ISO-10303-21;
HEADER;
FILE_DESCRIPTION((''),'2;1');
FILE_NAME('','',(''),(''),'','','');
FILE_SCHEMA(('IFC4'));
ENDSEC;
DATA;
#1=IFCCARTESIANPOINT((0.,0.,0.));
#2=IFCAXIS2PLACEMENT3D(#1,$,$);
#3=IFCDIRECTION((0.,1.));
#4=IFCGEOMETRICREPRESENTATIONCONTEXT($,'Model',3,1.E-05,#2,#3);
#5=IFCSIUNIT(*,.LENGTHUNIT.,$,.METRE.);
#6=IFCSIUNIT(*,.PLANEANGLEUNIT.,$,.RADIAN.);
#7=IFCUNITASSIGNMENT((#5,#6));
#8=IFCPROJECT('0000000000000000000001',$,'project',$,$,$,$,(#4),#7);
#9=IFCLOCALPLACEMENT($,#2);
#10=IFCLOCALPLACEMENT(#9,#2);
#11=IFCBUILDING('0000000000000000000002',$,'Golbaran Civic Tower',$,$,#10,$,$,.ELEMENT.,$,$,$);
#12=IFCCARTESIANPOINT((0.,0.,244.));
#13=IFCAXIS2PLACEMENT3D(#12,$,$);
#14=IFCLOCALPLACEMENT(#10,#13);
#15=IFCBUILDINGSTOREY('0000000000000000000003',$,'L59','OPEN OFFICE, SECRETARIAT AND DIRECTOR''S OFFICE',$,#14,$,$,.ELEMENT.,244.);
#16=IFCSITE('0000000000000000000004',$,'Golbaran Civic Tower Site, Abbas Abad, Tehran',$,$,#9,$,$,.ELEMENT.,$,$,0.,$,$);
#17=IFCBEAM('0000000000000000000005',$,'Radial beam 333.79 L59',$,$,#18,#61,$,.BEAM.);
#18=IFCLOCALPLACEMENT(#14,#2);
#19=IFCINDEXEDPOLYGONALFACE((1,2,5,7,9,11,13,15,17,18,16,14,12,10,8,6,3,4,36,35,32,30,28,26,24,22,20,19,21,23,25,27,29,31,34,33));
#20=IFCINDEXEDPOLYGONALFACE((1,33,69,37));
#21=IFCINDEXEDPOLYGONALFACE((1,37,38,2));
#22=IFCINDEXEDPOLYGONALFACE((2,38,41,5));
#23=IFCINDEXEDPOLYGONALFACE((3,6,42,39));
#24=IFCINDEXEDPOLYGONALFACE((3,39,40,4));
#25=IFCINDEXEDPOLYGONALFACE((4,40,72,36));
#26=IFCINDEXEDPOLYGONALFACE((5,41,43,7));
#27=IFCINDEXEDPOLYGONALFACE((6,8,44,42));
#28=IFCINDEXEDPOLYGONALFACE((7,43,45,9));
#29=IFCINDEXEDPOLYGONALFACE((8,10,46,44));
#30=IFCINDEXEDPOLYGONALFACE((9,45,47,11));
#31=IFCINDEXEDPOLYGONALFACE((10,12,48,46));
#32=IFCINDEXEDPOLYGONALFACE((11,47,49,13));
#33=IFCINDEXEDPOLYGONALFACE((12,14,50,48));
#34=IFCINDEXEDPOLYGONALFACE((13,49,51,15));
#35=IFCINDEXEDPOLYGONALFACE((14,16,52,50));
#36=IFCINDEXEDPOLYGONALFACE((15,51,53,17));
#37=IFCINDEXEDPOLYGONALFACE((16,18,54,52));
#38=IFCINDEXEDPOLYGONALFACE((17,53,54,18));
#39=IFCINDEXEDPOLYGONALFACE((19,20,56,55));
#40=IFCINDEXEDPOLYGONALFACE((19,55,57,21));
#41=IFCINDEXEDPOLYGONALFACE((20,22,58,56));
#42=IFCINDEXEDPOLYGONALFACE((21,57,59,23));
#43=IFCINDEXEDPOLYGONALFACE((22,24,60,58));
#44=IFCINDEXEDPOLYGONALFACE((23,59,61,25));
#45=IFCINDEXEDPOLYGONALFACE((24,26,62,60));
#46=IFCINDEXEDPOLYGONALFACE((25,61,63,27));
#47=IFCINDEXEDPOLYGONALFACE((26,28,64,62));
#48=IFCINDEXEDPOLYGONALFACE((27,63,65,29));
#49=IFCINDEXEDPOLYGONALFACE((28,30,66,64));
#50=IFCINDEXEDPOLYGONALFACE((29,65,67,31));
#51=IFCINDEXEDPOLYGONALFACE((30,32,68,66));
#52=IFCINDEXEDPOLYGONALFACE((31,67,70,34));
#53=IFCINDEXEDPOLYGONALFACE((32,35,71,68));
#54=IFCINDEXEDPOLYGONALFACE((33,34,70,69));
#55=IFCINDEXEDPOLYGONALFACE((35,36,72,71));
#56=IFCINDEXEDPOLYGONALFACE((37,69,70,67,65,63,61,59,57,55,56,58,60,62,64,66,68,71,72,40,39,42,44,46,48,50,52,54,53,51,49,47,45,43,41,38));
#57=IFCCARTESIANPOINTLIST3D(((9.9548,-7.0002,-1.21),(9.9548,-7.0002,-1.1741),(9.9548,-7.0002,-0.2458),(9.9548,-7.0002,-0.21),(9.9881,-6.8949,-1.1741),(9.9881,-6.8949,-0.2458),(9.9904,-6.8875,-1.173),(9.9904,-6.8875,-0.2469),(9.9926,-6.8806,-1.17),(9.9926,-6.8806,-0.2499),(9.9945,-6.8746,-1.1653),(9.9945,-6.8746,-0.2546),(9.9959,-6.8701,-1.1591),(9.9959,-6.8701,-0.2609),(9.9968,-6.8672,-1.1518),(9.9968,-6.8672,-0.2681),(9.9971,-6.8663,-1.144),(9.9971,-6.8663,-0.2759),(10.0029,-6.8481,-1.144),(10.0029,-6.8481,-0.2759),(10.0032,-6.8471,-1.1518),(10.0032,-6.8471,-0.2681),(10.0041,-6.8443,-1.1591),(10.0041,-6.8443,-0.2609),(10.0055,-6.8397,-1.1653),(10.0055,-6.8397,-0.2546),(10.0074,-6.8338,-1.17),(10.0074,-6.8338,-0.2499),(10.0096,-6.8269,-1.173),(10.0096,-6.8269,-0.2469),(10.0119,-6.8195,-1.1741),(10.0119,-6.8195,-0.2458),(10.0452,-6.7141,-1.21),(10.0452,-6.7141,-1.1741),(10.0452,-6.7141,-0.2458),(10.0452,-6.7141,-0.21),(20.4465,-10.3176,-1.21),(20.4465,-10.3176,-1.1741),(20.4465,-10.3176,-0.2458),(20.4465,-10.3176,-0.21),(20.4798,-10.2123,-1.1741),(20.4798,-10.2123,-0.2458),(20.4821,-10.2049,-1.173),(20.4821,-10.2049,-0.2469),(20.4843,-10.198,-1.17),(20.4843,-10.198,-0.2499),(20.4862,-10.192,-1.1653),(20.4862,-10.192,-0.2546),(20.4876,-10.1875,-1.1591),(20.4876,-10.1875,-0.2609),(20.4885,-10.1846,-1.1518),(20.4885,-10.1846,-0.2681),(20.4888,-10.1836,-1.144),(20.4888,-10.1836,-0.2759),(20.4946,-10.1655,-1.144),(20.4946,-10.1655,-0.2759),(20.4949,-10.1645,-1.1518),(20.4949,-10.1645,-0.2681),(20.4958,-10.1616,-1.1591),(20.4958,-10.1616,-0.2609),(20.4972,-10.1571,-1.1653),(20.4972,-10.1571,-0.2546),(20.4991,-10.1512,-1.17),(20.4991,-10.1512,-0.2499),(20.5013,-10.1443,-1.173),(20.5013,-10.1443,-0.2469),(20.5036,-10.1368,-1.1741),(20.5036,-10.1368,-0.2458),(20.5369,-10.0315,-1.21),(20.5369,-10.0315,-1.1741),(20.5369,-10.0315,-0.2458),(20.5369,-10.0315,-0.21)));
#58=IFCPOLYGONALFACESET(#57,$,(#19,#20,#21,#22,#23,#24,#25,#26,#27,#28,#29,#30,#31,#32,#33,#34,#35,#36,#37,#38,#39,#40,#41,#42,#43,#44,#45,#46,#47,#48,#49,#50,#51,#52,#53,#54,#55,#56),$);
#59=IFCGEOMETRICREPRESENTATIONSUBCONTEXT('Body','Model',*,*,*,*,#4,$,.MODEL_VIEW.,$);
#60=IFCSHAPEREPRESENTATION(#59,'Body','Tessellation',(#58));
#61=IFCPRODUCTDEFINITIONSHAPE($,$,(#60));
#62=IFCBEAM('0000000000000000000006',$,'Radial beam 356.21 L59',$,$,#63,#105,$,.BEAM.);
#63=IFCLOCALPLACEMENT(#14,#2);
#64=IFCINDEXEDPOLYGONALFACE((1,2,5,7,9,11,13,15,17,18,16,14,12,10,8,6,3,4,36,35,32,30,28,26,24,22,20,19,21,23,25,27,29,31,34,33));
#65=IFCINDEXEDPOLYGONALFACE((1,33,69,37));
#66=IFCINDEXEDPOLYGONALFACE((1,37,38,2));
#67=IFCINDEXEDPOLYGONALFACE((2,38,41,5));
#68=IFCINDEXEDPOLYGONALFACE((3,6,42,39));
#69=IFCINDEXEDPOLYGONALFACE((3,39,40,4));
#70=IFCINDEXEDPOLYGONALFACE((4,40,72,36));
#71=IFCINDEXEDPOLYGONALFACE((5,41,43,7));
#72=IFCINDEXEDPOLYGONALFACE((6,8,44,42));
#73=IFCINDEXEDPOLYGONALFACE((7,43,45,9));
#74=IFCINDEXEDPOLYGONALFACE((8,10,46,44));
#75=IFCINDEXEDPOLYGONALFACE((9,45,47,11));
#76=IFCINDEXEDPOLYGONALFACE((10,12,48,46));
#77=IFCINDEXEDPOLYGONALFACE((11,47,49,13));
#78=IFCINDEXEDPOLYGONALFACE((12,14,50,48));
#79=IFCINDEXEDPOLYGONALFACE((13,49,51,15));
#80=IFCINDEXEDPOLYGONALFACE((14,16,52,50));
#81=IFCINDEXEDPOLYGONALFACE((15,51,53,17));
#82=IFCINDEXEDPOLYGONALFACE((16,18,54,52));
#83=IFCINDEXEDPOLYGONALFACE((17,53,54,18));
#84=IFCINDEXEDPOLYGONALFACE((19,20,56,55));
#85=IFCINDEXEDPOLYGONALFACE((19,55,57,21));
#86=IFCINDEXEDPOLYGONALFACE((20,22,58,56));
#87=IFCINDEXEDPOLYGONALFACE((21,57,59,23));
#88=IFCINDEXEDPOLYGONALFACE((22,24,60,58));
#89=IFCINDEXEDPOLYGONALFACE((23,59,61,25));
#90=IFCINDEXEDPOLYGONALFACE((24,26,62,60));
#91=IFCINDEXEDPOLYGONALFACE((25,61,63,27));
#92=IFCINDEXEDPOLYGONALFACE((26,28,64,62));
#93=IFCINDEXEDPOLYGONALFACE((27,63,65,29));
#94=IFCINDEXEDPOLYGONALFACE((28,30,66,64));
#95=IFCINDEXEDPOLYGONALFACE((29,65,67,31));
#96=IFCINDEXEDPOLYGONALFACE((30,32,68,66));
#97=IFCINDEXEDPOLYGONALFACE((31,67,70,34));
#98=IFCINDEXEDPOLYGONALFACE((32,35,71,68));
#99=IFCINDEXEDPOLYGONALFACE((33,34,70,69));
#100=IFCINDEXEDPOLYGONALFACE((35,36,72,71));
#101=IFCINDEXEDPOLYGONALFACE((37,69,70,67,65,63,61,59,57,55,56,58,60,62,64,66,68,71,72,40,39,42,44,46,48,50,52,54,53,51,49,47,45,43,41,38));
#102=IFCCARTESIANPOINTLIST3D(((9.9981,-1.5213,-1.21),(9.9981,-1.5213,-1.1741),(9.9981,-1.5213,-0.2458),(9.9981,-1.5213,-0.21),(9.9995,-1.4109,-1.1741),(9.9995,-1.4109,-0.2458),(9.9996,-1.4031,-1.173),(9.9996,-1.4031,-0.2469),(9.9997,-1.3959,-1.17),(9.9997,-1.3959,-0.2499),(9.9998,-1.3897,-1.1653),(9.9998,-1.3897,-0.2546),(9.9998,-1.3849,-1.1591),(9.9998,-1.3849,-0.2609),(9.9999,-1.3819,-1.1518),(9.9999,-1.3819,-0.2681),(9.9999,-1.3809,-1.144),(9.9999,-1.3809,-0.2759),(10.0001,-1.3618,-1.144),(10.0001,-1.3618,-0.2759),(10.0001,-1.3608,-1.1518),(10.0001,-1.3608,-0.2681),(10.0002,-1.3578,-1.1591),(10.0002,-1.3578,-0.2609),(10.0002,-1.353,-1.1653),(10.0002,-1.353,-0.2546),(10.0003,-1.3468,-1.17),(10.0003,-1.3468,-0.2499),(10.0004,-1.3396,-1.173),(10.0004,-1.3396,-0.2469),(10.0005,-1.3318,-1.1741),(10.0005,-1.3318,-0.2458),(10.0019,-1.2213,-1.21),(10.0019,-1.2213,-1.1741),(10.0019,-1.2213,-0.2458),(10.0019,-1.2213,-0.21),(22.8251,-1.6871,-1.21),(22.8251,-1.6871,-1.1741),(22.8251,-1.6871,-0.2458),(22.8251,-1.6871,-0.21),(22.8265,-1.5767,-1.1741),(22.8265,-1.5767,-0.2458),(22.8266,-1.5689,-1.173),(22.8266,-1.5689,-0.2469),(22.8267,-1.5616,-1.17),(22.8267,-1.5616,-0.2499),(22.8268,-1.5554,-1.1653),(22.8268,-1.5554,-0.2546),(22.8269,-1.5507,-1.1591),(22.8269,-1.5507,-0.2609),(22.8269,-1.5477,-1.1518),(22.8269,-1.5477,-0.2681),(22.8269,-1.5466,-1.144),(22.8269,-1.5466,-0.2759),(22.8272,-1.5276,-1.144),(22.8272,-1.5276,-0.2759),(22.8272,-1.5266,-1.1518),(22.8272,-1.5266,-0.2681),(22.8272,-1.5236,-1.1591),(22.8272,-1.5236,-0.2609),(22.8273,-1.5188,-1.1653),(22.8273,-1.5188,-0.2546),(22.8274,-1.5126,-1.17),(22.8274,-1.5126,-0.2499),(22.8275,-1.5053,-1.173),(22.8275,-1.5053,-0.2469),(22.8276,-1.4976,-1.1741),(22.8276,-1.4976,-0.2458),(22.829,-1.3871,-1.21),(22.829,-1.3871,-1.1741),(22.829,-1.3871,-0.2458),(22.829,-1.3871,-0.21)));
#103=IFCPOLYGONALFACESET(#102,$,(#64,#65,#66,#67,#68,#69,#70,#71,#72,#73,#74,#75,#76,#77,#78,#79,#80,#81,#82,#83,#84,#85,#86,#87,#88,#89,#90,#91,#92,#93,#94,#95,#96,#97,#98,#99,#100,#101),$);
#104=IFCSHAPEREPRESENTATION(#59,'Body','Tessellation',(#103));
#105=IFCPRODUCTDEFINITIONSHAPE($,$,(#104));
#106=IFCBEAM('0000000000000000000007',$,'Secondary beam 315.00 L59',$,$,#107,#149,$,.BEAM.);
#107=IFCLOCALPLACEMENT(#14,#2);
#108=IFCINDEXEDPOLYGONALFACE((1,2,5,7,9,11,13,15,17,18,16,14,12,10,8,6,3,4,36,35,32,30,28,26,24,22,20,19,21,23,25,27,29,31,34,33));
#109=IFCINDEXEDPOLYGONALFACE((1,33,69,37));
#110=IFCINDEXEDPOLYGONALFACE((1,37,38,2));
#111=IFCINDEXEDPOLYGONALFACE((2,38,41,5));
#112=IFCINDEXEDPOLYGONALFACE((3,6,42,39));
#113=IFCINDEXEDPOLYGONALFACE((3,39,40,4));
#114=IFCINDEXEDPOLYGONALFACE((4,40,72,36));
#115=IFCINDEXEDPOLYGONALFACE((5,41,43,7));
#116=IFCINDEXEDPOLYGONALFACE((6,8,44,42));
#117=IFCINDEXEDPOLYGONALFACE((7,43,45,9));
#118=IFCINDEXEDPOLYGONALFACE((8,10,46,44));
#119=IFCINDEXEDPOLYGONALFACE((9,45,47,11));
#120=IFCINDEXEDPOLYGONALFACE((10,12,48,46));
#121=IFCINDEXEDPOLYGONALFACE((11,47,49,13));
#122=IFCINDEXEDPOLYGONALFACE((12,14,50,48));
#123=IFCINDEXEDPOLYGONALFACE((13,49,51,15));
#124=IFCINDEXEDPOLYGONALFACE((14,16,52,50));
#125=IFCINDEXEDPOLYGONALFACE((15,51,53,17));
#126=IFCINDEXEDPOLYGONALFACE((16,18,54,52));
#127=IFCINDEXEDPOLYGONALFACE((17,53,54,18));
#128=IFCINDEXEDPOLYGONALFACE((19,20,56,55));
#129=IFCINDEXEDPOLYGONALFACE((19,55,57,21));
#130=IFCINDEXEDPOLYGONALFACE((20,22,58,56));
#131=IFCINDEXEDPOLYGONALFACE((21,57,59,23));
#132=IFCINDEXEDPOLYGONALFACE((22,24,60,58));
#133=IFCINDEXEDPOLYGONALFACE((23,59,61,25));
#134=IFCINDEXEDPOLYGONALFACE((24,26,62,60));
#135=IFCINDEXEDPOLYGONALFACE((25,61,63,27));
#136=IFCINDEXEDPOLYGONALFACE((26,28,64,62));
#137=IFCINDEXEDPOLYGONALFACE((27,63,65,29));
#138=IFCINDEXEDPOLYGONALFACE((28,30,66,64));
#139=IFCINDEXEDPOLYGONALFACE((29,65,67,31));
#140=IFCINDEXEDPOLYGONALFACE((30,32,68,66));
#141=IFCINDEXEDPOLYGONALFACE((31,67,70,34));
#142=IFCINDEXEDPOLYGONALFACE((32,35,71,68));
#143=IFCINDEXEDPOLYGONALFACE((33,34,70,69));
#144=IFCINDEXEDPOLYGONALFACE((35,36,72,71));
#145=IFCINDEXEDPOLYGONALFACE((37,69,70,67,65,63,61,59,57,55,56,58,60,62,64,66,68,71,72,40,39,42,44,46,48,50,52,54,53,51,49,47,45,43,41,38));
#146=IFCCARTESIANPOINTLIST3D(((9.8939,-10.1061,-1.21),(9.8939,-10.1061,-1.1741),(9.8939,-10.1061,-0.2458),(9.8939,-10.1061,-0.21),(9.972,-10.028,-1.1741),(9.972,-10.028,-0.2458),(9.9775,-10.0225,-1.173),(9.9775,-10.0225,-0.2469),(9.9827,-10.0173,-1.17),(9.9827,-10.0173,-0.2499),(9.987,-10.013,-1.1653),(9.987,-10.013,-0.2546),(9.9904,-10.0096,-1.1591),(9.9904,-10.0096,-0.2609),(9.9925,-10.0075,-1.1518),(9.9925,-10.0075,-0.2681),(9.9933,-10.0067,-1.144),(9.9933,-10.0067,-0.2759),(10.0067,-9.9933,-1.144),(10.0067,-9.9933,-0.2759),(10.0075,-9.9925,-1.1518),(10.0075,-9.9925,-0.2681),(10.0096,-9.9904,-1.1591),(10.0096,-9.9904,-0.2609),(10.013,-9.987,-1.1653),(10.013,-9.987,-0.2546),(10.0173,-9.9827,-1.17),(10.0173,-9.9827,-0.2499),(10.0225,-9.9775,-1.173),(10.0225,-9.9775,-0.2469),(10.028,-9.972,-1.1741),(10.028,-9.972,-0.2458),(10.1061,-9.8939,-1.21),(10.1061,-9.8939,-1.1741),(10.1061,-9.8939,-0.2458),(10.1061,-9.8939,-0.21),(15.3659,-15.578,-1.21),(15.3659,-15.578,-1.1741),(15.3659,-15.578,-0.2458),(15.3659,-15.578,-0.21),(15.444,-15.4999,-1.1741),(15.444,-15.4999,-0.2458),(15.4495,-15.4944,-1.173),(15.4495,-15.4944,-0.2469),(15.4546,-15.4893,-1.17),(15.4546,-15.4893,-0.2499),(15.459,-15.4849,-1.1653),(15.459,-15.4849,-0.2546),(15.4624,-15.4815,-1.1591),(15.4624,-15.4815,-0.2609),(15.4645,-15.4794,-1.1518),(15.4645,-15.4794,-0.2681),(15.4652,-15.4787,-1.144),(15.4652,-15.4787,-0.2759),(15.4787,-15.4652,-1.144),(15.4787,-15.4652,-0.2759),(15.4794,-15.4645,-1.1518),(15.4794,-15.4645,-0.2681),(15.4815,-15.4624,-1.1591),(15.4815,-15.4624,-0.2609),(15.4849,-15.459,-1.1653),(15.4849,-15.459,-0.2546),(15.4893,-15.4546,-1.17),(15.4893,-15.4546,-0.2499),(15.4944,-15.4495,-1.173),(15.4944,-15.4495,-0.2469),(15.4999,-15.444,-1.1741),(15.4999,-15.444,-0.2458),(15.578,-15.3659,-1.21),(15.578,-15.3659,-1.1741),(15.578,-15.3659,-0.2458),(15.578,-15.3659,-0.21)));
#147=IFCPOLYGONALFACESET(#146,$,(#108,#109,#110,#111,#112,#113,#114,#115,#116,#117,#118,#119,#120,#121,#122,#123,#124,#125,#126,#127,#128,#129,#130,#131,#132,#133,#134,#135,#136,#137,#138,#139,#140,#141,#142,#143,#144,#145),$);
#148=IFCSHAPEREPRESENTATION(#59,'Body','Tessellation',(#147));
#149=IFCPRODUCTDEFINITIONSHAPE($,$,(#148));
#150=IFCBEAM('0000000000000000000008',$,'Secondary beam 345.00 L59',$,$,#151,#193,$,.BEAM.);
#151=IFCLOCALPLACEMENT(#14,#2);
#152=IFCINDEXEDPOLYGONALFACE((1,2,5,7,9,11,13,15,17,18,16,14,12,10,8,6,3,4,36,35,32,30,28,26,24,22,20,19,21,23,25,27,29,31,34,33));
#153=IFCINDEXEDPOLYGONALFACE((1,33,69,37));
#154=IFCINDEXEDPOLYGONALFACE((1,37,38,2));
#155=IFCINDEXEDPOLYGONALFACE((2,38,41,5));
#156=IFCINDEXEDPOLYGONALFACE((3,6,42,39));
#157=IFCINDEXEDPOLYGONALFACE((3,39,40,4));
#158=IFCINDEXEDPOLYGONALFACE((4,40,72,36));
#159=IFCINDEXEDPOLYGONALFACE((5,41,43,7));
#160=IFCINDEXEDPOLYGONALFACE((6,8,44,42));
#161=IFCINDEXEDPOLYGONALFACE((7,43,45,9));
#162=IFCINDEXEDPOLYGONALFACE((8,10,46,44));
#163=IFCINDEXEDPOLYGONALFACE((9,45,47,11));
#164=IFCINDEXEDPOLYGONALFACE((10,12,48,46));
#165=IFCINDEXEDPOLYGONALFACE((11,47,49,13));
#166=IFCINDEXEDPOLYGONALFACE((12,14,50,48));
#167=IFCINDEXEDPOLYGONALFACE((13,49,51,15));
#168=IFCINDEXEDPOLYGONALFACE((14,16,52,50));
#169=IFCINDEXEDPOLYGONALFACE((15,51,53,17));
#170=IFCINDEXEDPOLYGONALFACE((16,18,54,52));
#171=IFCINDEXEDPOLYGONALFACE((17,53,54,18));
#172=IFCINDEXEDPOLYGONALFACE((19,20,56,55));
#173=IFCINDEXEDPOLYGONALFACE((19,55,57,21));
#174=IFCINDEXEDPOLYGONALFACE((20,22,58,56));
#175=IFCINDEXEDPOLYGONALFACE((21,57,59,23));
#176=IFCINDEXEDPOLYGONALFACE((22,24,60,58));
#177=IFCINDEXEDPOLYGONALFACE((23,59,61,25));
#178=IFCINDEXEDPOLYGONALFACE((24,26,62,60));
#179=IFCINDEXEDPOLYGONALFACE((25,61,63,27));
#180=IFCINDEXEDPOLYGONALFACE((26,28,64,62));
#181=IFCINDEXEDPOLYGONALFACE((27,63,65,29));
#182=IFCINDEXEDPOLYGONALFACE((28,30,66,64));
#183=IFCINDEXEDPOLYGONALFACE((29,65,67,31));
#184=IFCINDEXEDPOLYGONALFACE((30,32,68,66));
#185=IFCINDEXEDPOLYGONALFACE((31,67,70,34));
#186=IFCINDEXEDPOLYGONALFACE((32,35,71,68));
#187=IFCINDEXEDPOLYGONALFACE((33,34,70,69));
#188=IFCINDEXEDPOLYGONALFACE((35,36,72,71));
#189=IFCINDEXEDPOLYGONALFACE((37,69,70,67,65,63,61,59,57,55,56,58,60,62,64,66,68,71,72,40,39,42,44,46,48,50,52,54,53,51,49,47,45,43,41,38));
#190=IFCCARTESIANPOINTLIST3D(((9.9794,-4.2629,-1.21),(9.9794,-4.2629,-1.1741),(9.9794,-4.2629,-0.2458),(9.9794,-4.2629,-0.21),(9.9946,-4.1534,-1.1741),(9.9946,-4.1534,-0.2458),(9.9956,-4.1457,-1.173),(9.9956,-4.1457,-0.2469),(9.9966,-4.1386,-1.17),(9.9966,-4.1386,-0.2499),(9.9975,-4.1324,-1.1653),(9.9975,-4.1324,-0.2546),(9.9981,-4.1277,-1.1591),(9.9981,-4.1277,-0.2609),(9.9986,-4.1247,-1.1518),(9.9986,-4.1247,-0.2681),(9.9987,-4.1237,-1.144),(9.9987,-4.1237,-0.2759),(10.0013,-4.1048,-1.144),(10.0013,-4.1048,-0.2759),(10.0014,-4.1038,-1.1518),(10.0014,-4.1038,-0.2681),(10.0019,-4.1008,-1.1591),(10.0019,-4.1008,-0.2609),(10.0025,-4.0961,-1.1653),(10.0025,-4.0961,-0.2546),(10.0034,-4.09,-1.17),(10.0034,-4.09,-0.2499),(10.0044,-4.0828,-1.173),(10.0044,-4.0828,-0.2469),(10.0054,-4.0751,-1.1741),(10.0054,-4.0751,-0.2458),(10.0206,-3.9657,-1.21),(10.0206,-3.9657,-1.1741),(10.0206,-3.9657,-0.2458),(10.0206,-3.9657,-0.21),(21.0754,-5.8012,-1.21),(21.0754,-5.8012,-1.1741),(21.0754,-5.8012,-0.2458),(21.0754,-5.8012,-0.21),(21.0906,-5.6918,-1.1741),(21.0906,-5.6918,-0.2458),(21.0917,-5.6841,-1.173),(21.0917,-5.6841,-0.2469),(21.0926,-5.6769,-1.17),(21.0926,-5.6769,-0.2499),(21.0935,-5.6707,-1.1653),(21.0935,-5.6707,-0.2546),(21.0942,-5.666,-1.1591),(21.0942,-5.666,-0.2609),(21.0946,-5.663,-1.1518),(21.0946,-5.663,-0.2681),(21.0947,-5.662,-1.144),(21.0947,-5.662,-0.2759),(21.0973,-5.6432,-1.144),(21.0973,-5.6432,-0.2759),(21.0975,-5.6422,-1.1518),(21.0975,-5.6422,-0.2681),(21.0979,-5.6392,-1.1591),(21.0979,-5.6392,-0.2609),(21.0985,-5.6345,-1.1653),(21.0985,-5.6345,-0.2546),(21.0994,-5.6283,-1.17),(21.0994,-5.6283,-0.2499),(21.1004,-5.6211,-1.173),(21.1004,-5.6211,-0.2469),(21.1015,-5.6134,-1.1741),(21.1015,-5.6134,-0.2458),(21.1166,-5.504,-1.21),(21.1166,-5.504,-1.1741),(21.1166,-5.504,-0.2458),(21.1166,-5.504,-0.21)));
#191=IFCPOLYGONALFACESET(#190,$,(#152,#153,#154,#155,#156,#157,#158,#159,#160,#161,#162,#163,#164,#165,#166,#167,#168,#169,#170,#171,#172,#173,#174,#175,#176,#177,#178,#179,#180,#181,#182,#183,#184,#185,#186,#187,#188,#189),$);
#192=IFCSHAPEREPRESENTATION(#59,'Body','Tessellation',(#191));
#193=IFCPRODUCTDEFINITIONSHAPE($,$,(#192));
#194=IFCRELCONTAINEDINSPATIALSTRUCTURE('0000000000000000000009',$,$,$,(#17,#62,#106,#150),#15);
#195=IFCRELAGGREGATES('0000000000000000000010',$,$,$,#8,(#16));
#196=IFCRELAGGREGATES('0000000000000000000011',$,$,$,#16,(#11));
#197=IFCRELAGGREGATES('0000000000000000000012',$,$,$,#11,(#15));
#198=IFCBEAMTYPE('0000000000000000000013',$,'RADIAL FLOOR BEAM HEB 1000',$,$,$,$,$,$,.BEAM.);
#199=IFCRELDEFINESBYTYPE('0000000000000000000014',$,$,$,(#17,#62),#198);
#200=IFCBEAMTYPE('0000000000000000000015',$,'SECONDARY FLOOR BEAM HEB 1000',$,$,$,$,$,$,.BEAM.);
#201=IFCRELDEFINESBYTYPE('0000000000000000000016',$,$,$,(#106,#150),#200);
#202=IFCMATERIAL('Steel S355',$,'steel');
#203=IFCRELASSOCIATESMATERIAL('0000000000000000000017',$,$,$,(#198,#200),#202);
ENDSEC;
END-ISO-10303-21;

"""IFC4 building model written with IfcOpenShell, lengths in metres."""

from ifc_helpers import new_model, si_unit, direction, frame, origin, origin_2d, place, context, subcontext, project, spatial, i_section, extrude, material, material_profile, profile_set, type_object, element, save


model = new_model("IFC4")

# Units and contexts
model_context = context("Model", 3, precision=1e-05, world=origin(), true_north=direction((0.0, 1.0)))
body_context = subcontext(model_context, "Body", "Model", "MODEL_VIEW")
ifc_project = project(units=[si_unit("LENGTHUNIT", "METRE"), si_unit("PLANEANGLEUNIT", "RADIAN")], contexts=[model_context])

# Site, building, storey
site_placement = place(None, origin())
site = spatial("IfcSite", under=ifc_project, at=site_placement, Name="Golbaran Civic Tower Site, Abbas Abad, Tehran", CompositionType="ELEMENT", RefElevation=0.0)
building_placement = place(site_placement, origin())
building = spatial("IfcBuilding", under=site, at=building_placement, Name="Golbaran Civic Tower", CompositionType="ELEMENT")
storey_placement = place(building_placement, frame((0.0, 0.0, 244.0)))
storey = spatial("IfcBuildingStorey", under=building, at=storey_placement, Name="L59", Description="OPEN OFFICE, SECRETARIAT AND DIRECTOR'S OFFICE", CompositionType="ELEMENT", Elevation=244.0)

# Beams
ifc_material_1 = material(Name="Steel S355", Category="steel")
ifc_material_profile_1 = material_profile(ifc_material_1, i_section(OverallWidth=0.3, OverallDepth=1.0, WebThickness=0.019, FlangeThickness=0.0359, FilletRadius=0.03, at=origin_2d()), Name="HEB 1000")
ifc_profile_set_1 = profile_set([ifc_material_profile_1], Name="Steel S355")
beam_type_1 = type_object("IfcBeamType", Name="RADIAL FLOOR BEAM HEB 1000", PredefinedType="BEAM", material=ifc_profile_set_1)
beam_1_placement = place(storey_placement, frame((10.0, -6.8572, -0.71), z_axis=(0.953473, -0.30148, 0.0), x_axis=(0.30148, 0.953473, 0.0)))
element("IfcBeam", 1, at=beam_1_placement, inside=storey, type_object=beam_type_1, Name="Radial beam 333.79 L59", PredefinedType="BEAM", context=body_context, shape_type="SweptSolid", body=[
    extrude(i_section(OverallWidth=0.3, OverallDepth=1.0, WebThickness=0.019, FlangeThickness=0.0359, FilletRadius=0.03, at=origin_2d()), origin(), (0.0, 0.0, 1.0), 11.0037),
])
beam_2_placement = place(storey_placement, frame((10.0, -1.3713, -0.71), z_axis=(0.999917, -0.012922, 0.0), x_axis=(0.012922, 0.999917, 0.0)))
element("IfcBeam", 2, at=beam_2_placement, inside=storey, type_object=beam_type_1, Name="Radial beam 356.21 L59", PredefinedType="BEAM", context=body_context, shape_type="SweptSolid", body=[
    extrude(i_section(OverallWidth=0.3, OverallDepth=1.0, WebThickness=0.019, FlangeThickness=0.0359, FilletRadius=0.03, at=origin_2d()), origin(), (0.0, 0.0, 1.0), 12.8281),
])
ifc_material_profile_2 = material_profile(ifc_material_1, i_section(OverallWidth=0.3, OverallDepth=1.0, WebThickness=0.019, FlangeThickness=0.0359, FilletRadius=0.03, at=origin_2d()), Name="HEB 1000")
ifc_profile_set_2 = profile_set([ifc_material_profile_2], Name="Steel S355")
beam_type_2 = type_object("IfcBeamType", Name="SECONDARY FLOOR BEAM HEB 1000", PredefinedType="BEAM", material=ifc_profile_set_2)
beam_3_placement = place(storey_placement, frame((10.0, -10.0, -0.71), z_axis=(0.707107, -0.707107, 0.0), x_axis=(0.707107, 0.707107, 0.0)))
element("IfcBeam", 3, at=beam_3_placement, inside=storey, type_object=beam_type_2, Name="Secondary beam 315.00 L59", PredefinedType="BEAM", context=body_context, shape_type="SweptSolid", body=[
    extrude(i_section(OverallWidth=0.3, OverallDepth=1.0, WebThickness=0.019, FlangeThickness=0.0359, FilletRadius=0.03, at=origin_2d()), origin(), (0.0, 0.0, 1.0), 7.7385),
])
beam_4_placement = place(storey_placement, frame((10.0, -4.1143, -0.71), z_axis=(0.990526, -0.137325, 0.0), x_axis=(0.137325, 0.990526, 0.0)))
element("IfcBeam", 4, at=beam_4_placement, inside=storey, type_object=beam_type_2, Name="Secondary beam 345.00 L59", PredefinedType="BEAM", context=body_context, shape_type="SweptSolid", body=[
    extrude(i_section(OverallWidth=0.3, OverallDepth=1.0, WebThickness=0.019, FlangeThickness=0.0359, FilletRadius=0.03, at=origin_2d()), origin(), (0.0, 0.0, 1.0), 11.2021),
])

save(model, "model.ifc")
